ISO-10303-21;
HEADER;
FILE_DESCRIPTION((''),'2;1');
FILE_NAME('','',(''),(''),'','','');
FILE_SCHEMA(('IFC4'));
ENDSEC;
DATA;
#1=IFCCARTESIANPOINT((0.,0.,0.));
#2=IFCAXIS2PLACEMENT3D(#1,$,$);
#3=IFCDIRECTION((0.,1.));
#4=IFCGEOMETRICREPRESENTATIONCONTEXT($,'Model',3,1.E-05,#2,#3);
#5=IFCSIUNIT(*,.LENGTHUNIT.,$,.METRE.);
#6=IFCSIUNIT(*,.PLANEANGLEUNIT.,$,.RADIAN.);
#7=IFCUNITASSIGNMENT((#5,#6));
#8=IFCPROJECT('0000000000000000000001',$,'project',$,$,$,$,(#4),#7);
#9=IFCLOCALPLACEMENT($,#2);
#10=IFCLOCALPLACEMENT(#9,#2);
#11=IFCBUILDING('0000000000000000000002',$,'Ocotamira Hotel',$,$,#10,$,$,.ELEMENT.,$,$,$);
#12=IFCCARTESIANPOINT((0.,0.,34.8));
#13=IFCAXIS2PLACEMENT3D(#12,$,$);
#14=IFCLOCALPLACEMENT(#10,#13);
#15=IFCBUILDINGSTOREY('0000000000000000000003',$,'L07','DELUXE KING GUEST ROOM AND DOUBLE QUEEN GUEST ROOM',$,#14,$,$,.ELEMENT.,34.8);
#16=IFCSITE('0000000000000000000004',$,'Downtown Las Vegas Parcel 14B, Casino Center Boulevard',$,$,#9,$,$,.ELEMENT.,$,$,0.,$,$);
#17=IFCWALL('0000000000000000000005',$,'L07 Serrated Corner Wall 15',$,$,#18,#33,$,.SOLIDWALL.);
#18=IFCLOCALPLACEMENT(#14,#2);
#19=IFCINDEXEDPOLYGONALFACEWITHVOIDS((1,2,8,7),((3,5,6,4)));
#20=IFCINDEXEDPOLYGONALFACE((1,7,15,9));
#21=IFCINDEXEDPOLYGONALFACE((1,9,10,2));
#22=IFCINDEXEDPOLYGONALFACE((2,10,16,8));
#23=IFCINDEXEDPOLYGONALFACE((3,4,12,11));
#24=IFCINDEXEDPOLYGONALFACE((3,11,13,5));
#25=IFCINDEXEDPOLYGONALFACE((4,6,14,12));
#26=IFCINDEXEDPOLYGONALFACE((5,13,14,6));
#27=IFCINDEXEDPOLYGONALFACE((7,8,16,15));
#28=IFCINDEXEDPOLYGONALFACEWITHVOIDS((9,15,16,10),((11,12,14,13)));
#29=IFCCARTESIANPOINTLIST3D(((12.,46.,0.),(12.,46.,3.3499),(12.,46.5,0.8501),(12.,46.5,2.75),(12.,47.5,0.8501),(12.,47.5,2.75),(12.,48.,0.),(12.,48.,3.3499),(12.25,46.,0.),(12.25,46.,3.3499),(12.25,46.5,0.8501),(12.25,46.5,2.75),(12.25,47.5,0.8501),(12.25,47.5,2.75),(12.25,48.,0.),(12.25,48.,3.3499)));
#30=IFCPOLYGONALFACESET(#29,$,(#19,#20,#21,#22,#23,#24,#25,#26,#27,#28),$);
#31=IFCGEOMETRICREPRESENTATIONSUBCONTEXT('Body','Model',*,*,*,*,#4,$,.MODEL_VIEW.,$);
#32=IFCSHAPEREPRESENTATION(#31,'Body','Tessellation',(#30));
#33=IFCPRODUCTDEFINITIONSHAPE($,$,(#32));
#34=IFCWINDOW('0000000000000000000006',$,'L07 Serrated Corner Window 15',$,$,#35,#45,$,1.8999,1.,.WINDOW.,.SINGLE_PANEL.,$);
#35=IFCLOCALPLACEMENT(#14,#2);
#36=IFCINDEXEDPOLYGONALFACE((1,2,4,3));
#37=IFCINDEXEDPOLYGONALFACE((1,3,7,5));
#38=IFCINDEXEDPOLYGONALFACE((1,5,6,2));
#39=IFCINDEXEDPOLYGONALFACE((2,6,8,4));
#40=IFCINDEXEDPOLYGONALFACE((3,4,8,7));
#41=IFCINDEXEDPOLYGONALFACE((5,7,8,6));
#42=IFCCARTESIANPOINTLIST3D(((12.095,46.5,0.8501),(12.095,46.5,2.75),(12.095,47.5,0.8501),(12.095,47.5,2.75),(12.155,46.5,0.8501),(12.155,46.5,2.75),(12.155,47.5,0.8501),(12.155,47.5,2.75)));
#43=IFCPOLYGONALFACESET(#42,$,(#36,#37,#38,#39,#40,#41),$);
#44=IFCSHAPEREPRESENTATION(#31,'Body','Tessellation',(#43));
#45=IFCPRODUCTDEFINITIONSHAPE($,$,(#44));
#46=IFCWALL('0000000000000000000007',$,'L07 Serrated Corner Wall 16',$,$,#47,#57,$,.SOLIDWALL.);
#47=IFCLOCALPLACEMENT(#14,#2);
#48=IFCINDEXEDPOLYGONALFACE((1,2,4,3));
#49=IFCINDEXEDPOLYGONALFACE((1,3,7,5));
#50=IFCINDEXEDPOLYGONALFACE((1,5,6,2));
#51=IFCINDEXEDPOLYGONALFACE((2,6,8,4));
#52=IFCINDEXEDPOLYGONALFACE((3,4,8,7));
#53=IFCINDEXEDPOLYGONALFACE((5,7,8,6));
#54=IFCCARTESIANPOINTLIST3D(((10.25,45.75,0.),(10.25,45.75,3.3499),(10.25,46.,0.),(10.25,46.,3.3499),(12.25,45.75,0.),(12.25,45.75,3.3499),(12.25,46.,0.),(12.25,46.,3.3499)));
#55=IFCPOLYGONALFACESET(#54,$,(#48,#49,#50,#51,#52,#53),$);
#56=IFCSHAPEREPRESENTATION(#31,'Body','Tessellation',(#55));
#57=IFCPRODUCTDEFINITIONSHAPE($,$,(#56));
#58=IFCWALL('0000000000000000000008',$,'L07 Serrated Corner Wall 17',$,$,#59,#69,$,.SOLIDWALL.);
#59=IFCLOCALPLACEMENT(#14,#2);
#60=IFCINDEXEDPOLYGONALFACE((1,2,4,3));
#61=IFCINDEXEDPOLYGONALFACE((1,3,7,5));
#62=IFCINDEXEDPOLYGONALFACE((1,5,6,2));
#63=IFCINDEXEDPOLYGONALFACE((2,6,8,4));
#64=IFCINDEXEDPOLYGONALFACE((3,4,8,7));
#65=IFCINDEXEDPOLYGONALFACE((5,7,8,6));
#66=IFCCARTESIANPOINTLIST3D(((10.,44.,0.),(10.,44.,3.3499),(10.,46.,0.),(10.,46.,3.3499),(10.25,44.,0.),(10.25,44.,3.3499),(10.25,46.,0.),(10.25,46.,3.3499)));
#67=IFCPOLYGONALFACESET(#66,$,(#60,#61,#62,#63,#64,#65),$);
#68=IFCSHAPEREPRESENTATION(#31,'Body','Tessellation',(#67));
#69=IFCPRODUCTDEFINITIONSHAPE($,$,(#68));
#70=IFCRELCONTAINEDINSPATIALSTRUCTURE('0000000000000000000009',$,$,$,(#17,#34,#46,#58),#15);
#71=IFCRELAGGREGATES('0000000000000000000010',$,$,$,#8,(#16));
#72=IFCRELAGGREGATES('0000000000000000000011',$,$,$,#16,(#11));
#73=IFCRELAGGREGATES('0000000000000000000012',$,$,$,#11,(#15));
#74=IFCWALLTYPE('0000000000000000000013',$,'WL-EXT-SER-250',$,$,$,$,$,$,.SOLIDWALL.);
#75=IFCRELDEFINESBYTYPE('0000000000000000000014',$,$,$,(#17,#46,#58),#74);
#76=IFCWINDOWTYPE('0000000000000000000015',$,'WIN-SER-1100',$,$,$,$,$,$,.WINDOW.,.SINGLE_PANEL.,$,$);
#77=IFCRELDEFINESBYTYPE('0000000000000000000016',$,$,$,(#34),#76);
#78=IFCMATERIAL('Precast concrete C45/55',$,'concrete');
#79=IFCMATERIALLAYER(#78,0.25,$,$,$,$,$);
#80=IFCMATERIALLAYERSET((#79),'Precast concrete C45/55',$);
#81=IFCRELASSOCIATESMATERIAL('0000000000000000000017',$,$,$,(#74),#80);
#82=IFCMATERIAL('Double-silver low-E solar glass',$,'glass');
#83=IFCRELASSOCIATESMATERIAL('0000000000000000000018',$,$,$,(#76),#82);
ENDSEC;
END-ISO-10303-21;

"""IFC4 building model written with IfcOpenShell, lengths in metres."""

from ifc_helpers import new_model, si_unit, direction, frame, frame_2d, origin, place, context, subcontext, project, spatial, rectangle, extrude, source, transform, mapped, material, layer, layer_set, type_object, element, fill, save


model = new_model("IFC4")

# Units and contexts
model_context = context("Model", 3, precision=1e-05, world=origin(), true_north=direction((0.0, 1.0)))
body_context = subcontext(model_context, "Body", "Model", "MODEL_VIEW")
ifc_project = project(units=[si_unit("LENGTHUNIT", "METRE"), si_unit("PLANEANGLEUNIT", "RADIAN")], contexts=[model_context])

# Site, building, storey
site_placement = place(None, origin())
site = spatial("IfcSite", under=ifc_project, at=site_placement, Name="Downtown Las Vegas Parcel 14B, Casino Center Boulevard", CompositionType="ELEMENT", RefElevation=0.0)
building_placement = place(site_placement, origin())
building = spatial("IfcBuilding", under=site, at=building_placement, Name="Ocotamira Hotel", CompositionType="ELEMENT")
storey_placement = place(building_placement, frame((0.0, 0.0, 34.8)))
storey = spatial("IfcBuildingStorey", under=building, at=storey_placement, Name="L07", Description="DELUXE KING GUEST ROOM AND DOUBLE QUEEN GUEST ROOM", CompositionType="ELEMENT", Elevation=34.8)

# Shared definitions
ifc_material_1 = material(Name="Precast concrete C45/55", Category="concrete")
ifc_layer_1 = layer(ifc_material_1, 0.25)
ifc_layer_set_1 = layer_set([ifc_layer_1], Name="Precast concrete C45/55")
wall_type_1 = type_object("IfcWallType", Name="WL-EXT-SER-250", PredefinedType="SOLIDWALL", material=ifc_layer_set_1)

# Wall, opening, window
wall_1_placement = place(storey_placement, frame((12.125, 48.0, 0.0), z_axis=(0.0, 0.0, 1.0), x_axis=(0.0, -1.0, 0.0)))
wall_1 = element("IfcWall", 1, at=wall_1_placement, inside=storey, type_object=wall_type_1, Name="L07 Serrated Corner Wall 15", PredefinedType="SOLIDWALL", context=body_context, shape_type="SweptSolid", body=[
    extrude(rectangle(XDim=2.0, YDim=0.25, at=frame_2d((1.0, 0.0))), origin(), (0.0, 0.0, 1.0), 3.3499),
])
opening_1_placement = place(wall_1_placement, frame((0.5, 0.0, 0.8501)))
opening_1 = element("IfcOpeningElement", 2, at=opening_1_placement, cuts=wall_1, PredefinedType="OPENING", context=body_context, shape_type="SweptSolid", body=[
    extrude(rectangle(XDim=1.0, YDim=1.8999, at=frame_2d((0.5, 0.95))), frame((0.0, 0.135, 0.0), z_axis=(0.0, -1.0, 0.0), x_axis=(1.0, 0.0, 0.0)), (0.0, 0.0, 1.0), 0.27),
])
ifc_material_2 = material(Name="Double-silver low-E solar glass", Category="glass")
window_type = type_object("IfcWindowType", Name="WIN-SER-1100", PartitioningType="SINGLE_PANEL", PredefinedType="WINDOW", material=ifc_material_2)
shared_shape_1 = source(origin(), body_context, "Body", "SweptSolid", [
    extrude(rectangle(XDim=1.0, YDim=1.8999, at=frame_2d((0.5, 0.95))), frame((0.0, 0.03, 0.0), z_axis=(0.0, -1.0, 0.0), x_axis=(1.0, 0.0, 0.0)), (0.0, 0.0, 1.0), 0.0601),
])
window_placement = place(opening_1_placement, origin())
window = element("IfcWindow", 3, at=window_placement, inside=storey, type_object=window_type, Name="L07 Serrated Corner Window 15", OverallHeight=1.8999, OverallWidth=1.0, PartitioningType="SINGLE_PANEL", PredefinedType="WINDOW", context=body_context, shape_type="MappedRepresentation", body=[
    mapped(shared_shape_1, transform((0.0, 0.0, 0.0), scale=1.0)),
])
fill(opening_1, window)

# Walls
for number, where, z_axis, x_axis, name in (
    (4, (12.25, 45.875, 0.0), (0.0, 0.0, 1.0), (-1.0, 0.0, 0.0), "L07 Serrated Corner Wall 16"),
    (5, (10.125, 46.0, 0.0), (0.0, 0.0, 1.0), (0.0, -1.0, 0.0), "L07 Serrated Corner Wall 17"),
):
    element("IfcWall", number, at=place(storey_placement, frame(where, z_axis=z_axis, x_axis=x_axis)), inside=storey, type_object=wall_type_1, Name=name, PredefinedType="SOLIDWALL", context=body_context, shape_type="SweptSolid", body=[
        extrude(rectangle(XDim=2.0, YDim=0.25, at=frame_2d((1.0, 0.0))), origin(), (0.0, 0.0, 1.0), 3.3499),
    ])

save(model, "model.ifc")
